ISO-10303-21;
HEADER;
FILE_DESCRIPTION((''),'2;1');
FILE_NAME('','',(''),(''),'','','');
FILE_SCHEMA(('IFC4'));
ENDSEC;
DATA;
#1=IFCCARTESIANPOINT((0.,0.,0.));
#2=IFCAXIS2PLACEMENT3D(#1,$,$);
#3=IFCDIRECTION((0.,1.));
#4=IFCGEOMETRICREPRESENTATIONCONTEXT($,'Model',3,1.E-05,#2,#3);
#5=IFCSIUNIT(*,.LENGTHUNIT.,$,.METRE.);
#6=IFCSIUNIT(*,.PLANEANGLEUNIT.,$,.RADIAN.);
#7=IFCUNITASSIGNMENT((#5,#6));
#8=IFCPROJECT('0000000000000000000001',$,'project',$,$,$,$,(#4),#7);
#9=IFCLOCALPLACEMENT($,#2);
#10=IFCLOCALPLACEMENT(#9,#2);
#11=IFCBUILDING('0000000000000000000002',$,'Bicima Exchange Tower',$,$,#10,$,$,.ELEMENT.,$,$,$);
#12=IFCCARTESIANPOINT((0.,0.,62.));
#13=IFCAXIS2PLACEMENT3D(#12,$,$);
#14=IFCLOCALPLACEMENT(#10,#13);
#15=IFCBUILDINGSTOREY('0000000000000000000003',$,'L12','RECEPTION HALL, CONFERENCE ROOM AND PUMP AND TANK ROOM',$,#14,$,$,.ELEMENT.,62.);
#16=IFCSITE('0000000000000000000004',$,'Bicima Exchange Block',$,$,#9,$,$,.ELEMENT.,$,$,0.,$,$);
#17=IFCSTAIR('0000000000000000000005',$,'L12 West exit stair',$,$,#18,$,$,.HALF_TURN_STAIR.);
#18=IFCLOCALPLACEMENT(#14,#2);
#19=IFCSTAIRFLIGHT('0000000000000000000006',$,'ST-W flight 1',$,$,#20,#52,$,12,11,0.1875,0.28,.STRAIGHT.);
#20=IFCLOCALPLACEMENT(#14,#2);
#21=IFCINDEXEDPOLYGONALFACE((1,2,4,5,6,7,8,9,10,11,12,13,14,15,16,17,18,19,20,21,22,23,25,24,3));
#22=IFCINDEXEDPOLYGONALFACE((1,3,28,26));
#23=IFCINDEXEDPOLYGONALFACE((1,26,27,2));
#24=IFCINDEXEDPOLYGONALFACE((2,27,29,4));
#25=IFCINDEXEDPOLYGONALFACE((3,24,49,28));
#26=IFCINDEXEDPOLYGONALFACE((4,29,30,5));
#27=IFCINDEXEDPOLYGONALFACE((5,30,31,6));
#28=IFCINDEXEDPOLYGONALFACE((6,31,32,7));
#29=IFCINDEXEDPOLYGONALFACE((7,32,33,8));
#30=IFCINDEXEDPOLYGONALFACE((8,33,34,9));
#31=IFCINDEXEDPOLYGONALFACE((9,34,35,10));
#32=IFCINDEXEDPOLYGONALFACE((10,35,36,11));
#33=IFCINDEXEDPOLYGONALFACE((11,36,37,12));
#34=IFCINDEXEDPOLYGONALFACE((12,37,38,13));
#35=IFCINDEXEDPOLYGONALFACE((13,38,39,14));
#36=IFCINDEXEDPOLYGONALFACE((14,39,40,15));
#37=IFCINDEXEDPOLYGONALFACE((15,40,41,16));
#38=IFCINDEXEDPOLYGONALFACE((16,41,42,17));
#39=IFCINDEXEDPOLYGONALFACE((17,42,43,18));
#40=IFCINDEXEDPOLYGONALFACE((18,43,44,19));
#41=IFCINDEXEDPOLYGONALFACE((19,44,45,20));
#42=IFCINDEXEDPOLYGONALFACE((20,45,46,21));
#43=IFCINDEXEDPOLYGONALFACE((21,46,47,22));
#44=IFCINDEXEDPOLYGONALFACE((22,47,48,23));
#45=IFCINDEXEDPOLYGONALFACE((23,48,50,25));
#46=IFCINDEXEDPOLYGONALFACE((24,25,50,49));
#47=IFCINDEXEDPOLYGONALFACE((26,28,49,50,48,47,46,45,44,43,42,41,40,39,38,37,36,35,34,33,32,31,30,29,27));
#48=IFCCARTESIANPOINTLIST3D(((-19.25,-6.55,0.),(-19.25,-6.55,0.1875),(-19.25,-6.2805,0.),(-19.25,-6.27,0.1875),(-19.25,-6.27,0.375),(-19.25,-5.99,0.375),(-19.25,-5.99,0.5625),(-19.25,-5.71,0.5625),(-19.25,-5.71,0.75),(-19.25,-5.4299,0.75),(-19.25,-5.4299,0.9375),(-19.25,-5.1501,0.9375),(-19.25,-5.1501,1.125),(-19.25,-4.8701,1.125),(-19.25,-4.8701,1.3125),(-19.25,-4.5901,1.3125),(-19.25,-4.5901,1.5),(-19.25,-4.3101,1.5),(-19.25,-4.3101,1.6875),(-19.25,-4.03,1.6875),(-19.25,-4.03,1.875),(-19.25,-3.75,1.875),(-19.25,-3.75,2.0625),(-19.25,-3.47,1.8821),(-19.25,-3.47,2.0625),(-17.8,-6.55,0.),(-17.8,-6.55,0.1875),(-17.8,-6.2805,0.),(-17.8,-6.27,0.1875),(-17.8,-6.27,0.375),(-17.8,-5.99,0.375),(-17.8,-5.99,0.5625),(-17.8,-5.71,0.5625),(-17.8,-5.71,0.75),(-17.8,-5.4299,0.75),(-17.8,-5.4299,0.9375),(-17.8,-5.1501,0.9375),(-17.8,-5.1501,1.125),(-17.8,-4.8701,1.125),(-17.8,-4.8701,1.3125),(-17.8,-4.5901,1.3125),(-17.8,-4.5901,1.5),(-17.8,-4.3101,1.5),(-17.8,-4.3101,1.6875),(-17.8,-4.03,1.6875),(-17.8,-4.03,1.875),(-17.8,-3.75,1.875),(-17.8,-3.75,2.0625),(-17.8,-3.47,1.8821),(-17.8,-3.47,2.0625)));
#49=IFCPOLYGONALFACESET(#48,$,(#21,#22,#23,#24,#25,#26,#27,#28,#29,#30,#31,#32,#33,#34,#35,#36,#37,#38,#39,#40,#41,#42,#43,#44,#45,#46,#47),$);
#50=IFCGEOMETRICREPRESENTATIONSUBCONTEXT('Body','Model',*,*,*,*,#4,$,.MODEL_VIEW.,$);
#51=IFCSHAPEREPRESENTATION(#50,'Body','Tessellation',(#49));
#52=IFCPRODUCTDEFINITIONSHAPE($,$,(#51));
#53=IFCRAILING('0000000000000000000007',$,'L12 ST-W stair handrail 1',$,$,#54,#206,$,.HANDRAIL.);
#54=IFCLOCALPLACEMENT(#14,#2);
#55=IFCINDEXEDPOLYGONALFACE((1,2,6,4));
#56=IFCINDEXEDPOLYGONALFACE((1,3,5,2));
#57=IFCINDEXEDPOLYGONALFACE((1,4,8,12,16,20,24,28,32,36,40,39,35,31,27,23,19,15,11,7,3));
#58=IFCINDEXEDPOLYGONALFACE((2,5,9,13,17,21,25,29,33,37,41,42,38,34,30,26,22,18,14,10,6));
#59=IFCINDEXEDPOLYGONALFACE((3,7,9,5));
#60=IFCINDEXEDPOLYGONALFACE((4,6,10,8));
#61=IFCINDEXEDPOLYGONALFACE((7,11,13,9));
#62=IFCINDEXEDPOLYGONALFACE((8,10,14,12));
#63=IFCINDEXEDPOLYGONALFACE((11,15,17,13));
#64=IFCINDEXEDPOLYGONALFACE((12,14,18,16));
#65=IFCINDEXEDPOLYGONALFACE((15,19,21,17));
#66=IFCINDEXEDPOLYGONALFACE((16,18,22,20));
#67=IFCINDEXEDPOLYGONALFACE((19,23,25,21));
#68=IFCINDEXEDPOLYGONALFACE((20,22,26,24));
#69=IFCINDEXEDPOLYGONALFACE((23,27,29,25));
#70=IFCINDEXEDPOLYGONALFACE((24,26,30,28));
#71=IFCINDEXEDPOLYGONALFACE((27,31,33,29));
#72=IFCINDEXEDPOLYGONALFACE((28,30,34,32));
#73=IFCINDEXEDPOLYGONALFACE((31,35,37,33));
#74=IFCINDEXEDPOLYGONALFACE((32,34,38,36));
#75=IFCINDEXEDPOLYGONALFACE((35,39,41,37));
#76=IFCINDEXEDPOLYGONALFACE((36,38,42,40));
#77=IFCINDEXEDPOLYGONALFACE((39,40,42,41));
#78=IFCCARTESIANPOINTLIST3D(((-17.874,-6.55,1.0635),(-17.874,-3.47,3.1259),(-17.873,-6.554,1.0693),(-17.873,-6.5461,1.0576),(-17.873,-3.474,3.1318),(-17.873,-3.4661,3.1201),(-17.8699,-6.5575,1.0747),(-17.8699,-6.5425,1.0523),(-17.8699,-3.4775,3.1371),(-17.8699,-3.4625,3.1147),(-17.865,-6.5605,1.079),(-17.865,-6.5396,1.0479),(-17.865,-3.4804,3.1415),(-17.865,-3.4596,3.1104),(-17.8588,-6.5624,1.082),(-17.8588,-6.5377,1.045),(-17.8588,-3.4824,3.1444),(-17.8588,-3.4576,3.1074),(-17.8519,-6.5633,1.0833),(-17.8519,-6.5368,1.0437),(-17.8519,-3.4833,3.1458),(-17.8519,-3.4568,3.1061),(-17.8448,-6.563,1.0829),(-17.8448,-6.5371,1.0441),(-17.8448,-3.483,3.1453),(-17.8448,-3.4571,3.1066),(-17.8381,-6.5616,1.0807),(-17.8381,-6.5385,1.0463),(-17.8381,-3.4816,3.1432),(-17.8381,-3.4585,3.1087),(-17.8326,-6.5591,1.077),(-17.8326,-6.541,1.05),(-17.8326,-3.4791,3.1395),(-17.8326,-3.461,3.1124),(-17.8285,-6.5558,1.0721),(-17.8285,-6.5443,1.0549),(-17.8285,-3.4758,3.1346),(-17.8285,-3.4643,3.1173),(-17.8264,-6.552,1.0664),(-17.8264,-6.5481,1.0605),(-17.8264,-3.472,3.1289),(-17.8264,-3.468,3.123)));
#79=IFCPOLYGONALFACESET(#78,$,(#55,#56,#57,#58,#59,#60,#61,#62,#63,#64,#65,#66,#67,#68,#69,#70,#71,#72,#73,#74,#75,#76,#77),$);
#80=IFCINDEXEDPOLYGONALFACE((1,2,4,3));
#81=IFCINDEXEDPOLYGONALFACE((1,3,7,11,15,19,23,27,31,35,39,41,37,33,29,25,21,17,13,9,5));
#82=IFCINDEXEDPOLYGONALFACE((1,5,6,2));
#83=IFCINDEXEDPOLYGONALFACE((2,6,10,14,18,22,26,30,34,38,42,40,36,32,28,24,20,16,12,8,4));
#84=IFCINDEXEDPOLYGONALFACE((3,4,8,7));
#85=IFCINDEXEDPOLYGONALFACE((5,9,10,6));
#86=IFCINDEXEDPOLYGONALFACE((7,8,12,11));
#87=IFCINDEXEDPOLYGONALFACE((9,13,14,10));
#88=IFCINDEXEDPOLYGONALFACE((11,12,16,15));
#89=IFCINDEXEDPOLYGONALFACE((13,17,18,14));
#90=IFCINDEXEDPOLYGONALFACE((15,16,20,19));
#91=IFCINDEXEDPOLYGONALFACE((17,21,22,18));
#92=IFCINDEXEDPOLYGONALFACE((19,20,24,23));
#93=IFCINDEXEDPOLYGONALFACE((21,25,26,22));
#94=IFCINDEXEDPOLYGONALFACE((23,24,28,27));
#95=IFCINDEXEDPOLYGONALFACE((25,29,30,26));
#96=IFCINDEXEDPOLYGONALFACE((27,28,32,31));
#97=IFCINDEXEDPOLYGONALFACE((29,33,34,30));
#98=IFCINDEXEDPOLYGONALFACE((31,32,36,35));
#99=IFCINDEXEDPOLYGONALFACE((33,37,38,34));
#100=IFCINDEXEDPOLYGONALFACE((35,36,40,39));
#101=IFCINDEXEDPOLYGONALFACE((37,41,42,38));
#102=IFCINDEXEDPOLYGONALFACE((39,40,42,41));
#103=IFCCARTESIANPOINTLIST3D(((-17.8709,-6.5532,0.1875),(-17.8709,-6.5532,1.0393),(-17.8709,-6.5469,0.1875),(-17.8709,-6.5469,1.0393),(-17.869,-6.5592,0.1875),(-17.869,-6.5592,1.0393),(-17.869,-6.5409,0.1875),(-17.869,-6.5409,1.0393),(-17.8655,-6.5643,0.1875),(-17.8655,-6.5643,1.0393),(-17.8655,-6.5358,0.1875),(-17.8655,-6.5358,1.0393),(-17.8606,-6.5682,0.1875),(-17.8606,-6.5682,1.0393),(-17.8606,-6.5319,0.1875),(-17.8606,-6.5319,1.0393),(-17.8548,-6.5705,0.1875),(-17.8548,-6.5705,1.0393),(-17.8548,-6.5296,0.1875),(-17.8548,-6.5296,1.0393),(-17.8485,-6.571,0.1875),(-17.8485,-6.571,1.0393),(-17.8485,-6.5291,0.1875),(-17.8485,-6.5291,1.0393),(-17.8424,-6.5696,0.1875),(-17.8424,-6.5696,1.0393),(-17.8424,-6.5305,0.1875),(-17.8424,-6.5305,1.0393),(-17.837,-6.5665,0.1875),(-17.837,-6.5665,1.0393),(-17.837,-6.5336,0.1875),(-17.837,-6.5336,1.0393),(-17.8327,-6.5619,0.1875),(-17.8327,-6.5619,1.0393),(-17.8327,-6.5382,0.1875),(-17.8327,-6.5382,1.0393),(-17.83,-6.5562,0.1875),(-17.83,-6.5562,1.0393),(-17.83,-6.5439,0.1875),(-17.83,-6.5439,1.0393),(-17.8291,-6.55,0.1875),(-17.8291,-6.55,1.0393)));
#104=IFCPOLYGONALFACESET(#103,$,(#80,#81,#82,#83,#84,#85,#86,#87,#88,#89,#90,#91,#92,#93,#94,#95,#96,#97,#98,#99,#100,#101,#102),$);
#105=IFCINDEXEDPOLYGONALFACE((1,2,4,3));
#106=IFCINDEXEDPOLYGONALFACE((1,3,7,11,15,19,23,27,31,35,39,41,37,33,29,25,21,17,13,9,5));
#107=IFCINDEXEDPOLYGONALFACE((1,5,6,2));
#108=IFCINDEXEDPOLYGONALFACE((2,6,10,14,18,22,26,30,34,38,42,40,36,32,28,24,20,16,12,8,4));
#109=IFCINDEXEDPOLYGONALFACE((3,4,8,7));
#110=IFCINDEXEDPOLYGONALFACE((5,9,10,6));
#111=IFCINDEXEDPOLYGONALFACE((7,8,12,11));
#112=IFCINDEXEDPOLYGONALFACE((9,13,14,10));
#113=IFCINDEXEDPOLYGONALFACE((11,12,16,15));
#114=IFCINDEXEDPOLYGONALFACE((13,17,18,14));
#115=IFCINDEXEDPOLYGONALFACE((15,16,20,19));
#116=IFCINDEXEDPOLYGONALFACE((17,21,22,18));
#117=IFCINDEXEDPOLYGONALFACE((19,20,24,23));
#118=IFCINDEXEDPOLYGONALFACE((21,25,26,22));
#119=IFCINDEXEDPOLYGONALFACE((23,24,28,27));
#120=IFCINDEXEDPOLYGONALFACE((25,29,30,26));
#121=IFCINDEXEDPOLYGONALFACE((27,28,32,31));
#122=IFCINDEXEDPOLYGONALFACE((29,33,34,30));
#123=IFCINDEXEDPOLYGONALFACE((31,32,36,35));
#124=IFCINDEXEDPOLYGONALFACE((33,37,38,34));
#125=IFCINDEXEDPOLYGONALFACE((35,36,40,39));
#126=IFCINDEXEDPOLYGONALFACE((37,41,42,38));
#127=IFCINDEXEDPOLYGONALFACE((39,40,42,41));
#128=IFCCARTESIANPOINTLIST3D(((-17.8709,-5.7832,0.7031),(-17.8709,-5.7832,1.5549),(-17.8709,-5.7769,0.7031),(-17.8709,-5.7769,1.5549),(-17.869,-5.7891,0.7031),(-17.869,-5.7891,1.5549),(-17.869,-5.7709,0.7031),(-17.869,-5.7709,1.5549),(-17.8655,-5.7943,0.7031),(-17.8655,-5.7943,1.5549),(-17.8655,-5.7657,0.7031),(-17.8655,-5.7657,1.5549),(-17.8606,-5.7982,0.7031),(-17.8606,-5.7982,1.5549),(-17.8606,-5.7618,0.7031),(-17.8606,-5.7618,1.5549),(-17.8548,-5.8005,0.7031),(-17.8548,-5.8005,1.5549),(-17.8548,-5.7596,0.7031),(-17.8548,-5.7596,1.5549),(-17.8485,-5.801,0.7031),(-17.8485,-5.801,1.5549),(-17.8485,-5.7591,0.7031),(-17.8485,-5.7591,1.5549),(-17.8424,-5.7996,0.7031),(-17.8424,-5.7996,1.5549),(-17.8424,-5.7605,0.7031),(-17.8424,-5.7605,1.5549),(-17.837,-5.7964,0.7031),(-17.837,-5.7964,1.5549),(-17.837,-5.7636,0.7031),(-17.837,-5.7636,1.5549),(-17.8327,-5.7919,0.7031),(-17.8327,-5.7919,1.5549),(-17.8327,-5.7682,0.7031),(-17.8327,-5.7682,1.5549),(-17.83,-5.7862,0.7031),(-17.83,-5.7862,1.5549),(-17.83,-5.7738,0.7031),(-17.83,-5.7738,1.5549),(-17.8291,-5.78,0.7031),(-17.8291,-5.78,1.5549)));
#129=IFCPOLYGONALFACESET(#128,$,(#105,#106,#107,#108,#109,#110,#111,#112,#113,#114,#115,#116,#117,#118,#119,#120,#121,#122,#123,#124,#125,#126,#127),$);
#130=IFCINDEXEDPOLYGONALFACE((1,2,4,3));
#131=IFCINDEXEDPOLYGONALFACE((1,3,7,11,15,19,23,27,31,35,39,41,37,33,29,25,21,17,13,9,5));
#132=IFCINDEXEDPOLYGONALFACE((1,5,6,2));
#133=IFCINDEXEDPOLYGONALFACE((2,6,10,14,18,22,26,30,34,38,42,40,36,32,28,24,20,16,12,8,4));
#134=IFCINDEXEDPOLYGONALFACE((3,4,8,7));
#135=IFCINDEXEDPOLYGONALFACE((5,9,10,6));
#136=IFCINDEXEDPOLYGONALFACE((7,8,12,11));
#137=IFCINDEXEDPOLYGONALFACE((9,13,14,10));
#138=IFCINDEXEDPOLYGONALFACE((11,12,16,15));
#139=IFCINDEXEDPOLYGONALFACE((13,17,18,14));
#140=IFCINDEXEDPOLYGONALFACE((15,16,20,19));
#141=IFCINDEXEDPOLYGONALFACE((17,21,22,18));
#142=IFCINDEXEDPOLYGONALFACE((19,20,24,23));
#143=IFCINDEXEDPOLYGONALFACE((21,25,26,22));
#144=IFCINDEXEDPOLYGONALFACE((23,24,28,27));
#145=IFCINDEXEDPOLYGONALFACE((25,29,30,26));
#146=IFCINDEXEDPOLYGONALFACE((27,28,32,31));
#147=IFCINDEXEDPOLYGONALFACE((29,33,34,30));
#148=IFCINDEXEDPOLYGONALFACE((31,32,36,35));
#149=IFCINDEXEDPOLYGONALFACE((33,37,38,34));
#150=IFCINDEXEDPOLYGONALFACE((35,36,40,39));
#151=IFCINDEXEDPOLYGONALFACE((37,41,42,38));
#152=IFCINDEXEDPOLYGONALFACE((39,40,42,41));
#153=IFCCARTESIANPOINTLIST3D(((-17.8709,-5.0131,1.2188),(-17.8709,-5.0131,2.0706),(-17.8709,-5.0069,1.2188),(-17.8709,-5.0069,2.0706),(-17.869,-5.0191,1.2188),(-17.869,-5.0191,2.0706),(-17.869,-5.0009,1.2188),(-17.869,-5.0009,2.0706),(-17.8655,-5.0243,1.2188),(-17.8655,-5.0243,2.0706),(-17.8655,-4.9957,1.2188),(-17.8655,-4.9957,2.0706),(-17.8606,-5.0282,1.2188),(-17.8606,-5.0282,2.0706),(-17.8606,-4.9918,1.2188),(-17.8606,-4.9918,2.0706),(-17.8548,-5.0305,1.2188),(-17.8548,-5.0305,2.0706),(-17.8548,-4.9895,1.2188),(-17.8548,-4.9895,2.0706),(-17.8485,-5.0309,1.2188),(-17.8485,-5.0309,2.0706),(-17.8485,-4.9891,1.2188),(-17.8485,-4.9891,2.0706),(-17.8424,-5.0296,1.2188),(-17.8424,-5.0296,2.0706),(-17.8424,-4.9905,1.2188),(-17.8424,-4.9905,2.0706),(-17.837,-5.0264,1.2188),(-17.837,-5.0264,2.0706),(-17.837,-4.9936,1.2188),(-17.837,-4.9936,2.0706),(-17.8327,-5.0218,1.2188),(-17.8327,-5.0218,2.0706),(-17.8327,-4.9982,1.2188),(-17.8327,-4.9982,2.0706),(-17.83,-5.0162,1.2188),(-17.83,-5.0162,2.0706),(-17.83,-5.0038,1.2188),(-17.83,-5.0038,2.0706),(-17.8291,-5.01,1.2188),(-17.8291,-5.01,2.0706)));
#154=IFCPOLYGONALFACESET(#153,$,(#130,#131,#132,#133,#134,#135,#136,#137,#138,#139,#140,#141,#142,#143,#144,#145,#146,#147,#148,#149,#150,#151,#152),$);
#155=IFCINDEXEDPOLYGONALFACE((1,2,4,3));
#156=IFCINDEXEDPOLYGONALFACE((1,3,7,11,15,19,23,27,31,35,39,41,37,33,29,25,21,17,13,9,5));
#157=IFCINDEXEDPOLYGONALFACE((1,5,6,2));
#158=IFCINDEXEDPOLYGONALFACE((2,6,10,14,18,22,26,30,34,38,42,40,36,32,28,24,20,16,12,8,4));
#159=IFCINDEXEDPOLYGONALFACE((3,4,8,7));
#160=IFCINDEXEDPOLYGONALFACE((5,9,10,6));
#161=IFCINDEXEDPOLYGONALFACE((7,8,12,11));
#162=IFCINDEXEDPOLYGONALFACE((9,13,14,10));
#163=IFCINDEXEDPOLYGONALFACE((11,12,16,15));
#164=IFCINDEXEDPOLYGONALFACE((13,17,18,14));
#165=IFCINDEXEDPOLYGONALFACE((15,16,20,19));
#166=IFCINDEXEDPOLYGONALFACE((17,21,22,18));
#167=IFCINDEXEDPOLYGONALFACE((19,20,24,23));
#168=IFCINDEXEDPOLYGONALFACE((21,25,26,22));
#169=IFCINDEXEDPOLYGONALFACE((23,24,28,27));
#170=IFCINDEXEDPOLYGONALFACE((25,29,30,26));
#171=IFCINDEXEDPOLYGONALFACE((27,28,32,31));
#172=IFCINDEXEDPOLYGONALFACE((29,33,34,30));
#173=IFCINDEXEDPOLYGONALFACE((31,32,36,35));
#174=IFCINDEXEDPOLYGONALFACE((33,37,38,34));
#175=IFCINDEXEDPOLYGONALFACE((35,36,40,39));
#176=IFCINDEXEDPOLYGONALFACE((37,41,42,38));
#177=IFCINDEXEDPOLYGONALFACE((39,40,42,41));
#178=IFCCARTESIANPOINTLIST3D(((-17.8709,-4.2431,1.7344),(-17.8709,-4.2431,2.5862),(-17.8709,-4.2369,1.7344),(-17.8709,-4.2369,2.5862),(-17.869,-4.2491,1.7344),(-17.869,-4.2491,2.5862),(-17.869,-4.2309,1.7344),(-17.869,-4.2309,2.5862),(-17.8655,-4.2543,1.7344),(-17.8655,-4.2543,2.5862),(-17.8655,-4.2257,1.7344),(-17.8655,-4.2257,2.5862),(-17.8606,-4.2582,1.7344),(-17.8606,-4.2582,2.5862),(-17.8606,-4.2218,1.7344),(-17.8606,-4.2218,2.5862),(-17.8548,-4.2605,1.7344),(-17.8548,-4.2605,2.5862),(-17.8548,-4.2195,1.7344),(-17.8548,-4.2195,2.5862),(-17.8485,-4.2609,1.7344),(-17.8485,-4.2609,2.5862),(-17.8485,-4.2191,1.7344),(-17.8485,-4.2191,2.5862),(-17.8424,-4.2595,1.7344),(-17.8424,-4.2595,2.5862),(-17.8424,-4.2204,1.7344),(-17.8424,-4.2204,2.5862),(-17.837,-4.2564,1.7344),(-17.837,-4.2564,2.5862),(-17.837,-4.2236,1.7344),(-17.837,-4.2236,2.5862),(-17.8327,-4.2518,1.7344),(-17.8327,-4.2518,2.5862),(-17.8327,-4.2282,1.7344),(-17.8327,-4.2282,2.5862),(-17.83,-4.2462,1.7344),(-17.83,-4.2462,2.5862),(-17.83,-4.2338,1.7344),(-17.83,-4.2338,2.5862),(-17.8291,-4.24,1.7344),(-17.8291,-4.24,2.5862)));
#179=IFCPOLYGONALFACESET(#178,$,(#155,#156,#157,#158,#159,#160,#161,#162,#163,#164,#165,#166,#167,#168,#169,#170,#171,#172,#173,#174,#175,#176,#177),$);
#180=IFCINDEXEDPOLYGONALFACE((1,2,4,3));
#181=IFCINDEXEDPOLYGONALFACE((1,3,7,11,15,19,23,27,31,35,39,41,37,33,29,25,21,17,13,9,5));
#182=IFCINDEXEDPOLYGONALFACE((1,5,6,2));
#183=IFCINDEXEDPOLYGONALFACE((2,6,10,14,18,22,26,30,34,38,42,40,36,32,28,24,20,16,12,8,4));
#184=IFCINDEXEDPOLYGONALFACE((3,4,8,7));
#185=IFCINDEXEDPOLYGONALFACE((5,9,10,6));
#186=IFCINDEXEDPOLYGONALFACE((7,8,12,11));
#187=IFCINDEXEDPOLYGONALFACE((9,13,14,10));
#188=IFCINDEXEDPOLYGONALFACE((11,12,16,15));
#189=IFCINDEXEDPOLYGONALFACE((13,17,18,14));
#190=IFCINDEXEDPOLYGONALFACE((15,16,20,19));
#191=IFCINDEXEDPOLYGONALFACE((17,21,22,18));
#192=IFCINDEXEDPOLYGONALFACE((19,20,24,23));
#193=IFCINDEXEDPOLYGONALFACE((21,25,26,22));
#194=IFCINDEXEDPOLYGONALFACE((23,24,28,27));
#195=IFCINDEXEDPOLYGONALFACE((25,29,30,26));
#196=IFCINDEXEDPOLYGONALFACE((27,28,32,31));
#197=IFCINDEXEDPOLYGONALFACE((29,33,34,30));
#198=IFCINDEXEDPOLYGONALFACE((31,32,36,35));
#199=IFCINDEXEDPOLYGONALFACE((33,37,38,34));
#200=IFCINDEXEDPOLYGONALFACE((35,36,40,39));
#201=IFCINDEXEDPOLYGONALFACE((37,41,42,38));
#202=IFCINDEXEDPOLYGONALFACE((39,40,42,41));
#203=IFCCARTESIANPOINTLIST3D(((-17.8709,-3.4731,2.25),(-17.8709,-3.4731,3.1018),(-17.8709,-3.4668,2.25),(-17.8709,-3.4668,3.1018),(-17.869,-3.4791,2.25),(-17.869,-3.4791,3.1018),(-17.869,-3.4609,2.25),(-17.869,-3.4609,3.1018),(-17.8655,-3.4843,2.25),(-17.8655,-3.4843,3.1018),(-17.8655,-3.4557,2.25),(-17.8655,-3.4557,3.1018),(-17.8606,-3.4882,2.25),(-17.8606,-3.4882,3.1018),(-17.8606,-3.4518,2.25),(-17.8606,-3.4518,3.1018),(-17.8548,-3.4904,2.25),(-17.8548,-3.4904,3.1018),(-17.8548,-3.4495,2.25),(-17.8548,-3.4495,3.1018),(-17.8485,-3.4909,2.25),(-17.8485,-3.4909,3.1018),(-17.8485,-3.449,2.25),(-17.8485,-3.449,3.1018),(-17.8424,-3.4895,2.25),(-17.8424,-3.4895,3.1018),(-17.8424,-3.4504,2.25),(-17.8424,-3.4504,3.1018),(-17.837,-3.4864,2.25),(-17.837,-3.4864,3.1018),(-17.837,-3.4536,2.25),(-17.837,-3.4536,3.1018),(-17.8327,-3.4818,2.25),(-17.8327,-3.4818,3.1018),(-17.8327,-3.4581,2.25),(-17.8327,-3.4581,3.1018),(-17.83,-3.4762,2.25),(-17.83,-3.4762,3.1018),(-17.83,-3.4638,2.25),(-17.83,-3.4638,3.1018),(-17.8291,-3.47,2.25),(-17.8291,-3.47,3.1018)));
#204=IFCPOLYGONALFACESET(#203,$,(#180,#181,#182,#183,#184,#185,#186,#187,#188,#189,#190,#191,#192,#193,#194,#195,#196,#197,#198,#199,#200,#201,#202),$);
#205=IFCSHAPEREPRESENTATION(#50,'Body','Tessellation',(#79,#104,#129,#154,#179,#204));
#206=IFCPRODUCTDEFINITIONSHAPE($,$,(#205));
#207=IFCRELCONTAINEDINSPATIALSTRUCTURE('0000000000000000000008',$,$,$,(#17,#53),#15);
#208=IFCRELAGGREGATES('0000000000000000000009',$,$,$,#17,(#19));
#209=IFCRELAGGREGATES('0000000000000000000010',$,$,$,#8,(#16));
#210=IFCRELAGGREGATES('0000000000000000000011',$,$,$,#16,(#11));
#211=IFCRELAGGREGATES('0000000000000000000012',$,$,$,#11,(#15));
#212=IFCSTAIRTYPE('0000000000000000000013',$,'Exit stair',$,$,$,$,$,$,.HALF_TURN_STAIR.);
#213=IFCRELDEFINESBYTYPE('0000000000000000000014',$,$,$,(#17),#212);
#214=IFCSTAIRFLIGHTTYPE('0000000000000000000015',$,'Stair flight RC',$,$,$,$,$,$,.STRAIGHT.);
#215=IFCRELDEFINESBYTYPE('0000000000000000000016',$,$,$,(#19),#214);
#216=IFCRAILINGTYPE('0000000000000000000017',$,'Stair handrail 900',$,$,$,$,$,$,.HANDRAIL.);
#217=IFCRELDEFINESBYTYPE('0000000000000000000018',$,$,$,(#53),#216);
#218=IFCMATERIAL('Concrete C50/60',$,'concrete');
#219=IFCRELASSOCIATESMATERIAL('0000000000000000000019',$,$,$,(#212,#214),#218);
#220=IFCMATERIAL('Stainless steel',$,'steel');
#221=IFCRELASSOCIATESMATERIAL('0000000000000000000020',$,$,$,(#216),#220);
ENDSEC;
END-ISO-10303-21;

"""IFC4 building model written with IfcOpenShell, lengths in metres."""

from ifc_helpers import new_model, si_unit, direction, frame, origin, origin_2d, place, context, subcontext, project, spatial, polyline, circle, outline, extrude, material, type_object, element, aggregate, save


model = new_model("IFC4")

# Units and contexts
model_context = context("Model", 3, precision=1e-05, world=origin(), true_north=direction((0.0, 1.0)))
body_context = subcontext(model_context, "Body", "Model", "MODEL_VIEW")
ifc_project = project(units=[si_unit("LENGTHUNIT", "METRE"), si_unit("PLANEANGLEUNIT", "RADIAN")], contexts=[model_context])

# Site, building, storey
site_placement = place(None, origin())
site = spatial("IfcSite", under=ifc_project, at=site_placement, Name="Bicima Exchange Block", CompositionType="ELEMENT", RefElevation=0.0)
building_placement = place(site_placement, origin())
building = spatial("IfcBuilding", under=site, at=building_placement, Name="Bicima Exchange Tower", CompositionType="ELEMENT")
storey_placement = place(building_placement, frame((0.0, 0.0, 62.0)))
storey = spatial("IfcBuildingStorey", under=building, at=storey_placement, Name="L12", Description="RECEPTION HALL, CONFERENCE ROOM AND PUMP AND TANK ROOM", CompositionType="ELEMENT", Elevation=62.0)

# Shared definitions
ifc_material_1 = material(Name="Concrete C50/60", Category="concrete")

# Shared definitions
ifc_material_2 = material(Name="Stainless steel", Category="steel")

# Stair, stair flight
stair_type = type_object("IfcStairType", Name="Exit stair", PredefinedType="HALF_TURN_STAIR", material=ifc_material_1)
stair_placement = place(storey_placement, origin())
stair = element("IfcStair", 1, at=stair_placement, inside=storey, type_object=stair_type, Name="L12 West exit stair", PredefinedType="HALF_TURN_STAIR")
stair_flight_type = type_object("IfcStairFlightType", Name="Stair flight RC", PredefinedType="STRAIGHT", material=ifc_material_1)
stair_flight_placement = place(storey_placement, frame((-18.5249, -6.55, 0.0), z_axis=(0.0, 0.0, 1.0), x_axis=(0.0, 1.0, 0.0)))
stair_flight = element("IfcStairFlight", 2, at=stair_flight_placement, type_object=stair_flight_type, Name="ST-W flight 1", NumberOfRisers=12, NumberOfTreads=11, PredefinedType="STRAIGHT", RiserHeight=0.1875, TreadLength=0.28, context=body_context, shape_type="SweptSolid", body=[
    extrude(outline(polyline([(0.0, 0.0), (0.0, 0.1875), (0.28, 0.1875), (0.28, 0.375), (0.5601, 0.375), (0.5601, 0.5625), (0.8401, 0.5625), (0.8401, 0.75), (1.1201, 0.75), (1.1201, 0.9375), (1.3999, 0.9375), (1.3999, 1.125), (1.6799, 1.125), (1.6799, 1.3125), (1.96, 1.3125), (1.96, 1.5), (2.24, 1.5), (2.24, 1.6875), (2.52, 1.6875), (2.52, 1.875), (2.8, 1.875), (2.8, 2.0625), (3.0801, 2.0625), (3.0801, 2.25), (3.0801, 1.8821), (0.2695, 0.0), (0.0, 0.0)])), frame((0.0, 0.7251, 0.0), z_axis=(0.0, -1.0, 0.0), x_axis=(1.0, 0.0, 0.0)), (0.0, 0.0, 1.0), 1.45),
])
aggregate(stair, [stair_flight])

# Railing
railing_type_1 = type_object("IfcRailingType", Name="Stair handrail 900", PredefinedType="HANDRAIL", material=ifc_material_2)
railing_1_placement = place(storey_placement, frame((-17.8501, -6.55, 0.1875)))
element("IfcRailing", 3, at=railing_1_placement, inside=storey, type_object=railing_type_1, Name="L12 ST-W stair handrail 1", PredefinedType="HANDRAIL", context=body_context, shape_type="SweptSolid", body=[
    extrude(circle(Radius=0.0239, at=origin_2d()), frame((0.0, 0.0, 0.876), z_axis=(0.0, 0.830914, 0.556401), x_axis=(-1.0, 0.0, 0.0)), (0.0, 0.0, 1.0), 3.7068),
    extrude(circle(Radius=0.021, at=origin_2d()), origin(), (0.0, 0.0, 1.0), 0.8518),
    extrude(circle(Radius=0.021, at=origin_2d()), frame((0.0, 0.77, 0.5156)), (0.0, 0.0, 1.0), 0.8518),
    extrude(circle(Radius=0.021, at=origin_2d()), frame((0.0, 1.54, 1.0312)), (0.0, 0.0, 1.0), 0.8518),
    extrude(circle(Radius=0.021, at=origin_2d()), frame((0.0, 2.3101, 1.5469)), (0.0, 0.0, 1.0), 0.8518),
    extrude(circle(Radius=0.021, at=origin_2d()), frame((0.0, 3.0801, 2.0625)), (0.0, 0.0, 1.0), 0.8518),
])

save(model, "model.ifc")
